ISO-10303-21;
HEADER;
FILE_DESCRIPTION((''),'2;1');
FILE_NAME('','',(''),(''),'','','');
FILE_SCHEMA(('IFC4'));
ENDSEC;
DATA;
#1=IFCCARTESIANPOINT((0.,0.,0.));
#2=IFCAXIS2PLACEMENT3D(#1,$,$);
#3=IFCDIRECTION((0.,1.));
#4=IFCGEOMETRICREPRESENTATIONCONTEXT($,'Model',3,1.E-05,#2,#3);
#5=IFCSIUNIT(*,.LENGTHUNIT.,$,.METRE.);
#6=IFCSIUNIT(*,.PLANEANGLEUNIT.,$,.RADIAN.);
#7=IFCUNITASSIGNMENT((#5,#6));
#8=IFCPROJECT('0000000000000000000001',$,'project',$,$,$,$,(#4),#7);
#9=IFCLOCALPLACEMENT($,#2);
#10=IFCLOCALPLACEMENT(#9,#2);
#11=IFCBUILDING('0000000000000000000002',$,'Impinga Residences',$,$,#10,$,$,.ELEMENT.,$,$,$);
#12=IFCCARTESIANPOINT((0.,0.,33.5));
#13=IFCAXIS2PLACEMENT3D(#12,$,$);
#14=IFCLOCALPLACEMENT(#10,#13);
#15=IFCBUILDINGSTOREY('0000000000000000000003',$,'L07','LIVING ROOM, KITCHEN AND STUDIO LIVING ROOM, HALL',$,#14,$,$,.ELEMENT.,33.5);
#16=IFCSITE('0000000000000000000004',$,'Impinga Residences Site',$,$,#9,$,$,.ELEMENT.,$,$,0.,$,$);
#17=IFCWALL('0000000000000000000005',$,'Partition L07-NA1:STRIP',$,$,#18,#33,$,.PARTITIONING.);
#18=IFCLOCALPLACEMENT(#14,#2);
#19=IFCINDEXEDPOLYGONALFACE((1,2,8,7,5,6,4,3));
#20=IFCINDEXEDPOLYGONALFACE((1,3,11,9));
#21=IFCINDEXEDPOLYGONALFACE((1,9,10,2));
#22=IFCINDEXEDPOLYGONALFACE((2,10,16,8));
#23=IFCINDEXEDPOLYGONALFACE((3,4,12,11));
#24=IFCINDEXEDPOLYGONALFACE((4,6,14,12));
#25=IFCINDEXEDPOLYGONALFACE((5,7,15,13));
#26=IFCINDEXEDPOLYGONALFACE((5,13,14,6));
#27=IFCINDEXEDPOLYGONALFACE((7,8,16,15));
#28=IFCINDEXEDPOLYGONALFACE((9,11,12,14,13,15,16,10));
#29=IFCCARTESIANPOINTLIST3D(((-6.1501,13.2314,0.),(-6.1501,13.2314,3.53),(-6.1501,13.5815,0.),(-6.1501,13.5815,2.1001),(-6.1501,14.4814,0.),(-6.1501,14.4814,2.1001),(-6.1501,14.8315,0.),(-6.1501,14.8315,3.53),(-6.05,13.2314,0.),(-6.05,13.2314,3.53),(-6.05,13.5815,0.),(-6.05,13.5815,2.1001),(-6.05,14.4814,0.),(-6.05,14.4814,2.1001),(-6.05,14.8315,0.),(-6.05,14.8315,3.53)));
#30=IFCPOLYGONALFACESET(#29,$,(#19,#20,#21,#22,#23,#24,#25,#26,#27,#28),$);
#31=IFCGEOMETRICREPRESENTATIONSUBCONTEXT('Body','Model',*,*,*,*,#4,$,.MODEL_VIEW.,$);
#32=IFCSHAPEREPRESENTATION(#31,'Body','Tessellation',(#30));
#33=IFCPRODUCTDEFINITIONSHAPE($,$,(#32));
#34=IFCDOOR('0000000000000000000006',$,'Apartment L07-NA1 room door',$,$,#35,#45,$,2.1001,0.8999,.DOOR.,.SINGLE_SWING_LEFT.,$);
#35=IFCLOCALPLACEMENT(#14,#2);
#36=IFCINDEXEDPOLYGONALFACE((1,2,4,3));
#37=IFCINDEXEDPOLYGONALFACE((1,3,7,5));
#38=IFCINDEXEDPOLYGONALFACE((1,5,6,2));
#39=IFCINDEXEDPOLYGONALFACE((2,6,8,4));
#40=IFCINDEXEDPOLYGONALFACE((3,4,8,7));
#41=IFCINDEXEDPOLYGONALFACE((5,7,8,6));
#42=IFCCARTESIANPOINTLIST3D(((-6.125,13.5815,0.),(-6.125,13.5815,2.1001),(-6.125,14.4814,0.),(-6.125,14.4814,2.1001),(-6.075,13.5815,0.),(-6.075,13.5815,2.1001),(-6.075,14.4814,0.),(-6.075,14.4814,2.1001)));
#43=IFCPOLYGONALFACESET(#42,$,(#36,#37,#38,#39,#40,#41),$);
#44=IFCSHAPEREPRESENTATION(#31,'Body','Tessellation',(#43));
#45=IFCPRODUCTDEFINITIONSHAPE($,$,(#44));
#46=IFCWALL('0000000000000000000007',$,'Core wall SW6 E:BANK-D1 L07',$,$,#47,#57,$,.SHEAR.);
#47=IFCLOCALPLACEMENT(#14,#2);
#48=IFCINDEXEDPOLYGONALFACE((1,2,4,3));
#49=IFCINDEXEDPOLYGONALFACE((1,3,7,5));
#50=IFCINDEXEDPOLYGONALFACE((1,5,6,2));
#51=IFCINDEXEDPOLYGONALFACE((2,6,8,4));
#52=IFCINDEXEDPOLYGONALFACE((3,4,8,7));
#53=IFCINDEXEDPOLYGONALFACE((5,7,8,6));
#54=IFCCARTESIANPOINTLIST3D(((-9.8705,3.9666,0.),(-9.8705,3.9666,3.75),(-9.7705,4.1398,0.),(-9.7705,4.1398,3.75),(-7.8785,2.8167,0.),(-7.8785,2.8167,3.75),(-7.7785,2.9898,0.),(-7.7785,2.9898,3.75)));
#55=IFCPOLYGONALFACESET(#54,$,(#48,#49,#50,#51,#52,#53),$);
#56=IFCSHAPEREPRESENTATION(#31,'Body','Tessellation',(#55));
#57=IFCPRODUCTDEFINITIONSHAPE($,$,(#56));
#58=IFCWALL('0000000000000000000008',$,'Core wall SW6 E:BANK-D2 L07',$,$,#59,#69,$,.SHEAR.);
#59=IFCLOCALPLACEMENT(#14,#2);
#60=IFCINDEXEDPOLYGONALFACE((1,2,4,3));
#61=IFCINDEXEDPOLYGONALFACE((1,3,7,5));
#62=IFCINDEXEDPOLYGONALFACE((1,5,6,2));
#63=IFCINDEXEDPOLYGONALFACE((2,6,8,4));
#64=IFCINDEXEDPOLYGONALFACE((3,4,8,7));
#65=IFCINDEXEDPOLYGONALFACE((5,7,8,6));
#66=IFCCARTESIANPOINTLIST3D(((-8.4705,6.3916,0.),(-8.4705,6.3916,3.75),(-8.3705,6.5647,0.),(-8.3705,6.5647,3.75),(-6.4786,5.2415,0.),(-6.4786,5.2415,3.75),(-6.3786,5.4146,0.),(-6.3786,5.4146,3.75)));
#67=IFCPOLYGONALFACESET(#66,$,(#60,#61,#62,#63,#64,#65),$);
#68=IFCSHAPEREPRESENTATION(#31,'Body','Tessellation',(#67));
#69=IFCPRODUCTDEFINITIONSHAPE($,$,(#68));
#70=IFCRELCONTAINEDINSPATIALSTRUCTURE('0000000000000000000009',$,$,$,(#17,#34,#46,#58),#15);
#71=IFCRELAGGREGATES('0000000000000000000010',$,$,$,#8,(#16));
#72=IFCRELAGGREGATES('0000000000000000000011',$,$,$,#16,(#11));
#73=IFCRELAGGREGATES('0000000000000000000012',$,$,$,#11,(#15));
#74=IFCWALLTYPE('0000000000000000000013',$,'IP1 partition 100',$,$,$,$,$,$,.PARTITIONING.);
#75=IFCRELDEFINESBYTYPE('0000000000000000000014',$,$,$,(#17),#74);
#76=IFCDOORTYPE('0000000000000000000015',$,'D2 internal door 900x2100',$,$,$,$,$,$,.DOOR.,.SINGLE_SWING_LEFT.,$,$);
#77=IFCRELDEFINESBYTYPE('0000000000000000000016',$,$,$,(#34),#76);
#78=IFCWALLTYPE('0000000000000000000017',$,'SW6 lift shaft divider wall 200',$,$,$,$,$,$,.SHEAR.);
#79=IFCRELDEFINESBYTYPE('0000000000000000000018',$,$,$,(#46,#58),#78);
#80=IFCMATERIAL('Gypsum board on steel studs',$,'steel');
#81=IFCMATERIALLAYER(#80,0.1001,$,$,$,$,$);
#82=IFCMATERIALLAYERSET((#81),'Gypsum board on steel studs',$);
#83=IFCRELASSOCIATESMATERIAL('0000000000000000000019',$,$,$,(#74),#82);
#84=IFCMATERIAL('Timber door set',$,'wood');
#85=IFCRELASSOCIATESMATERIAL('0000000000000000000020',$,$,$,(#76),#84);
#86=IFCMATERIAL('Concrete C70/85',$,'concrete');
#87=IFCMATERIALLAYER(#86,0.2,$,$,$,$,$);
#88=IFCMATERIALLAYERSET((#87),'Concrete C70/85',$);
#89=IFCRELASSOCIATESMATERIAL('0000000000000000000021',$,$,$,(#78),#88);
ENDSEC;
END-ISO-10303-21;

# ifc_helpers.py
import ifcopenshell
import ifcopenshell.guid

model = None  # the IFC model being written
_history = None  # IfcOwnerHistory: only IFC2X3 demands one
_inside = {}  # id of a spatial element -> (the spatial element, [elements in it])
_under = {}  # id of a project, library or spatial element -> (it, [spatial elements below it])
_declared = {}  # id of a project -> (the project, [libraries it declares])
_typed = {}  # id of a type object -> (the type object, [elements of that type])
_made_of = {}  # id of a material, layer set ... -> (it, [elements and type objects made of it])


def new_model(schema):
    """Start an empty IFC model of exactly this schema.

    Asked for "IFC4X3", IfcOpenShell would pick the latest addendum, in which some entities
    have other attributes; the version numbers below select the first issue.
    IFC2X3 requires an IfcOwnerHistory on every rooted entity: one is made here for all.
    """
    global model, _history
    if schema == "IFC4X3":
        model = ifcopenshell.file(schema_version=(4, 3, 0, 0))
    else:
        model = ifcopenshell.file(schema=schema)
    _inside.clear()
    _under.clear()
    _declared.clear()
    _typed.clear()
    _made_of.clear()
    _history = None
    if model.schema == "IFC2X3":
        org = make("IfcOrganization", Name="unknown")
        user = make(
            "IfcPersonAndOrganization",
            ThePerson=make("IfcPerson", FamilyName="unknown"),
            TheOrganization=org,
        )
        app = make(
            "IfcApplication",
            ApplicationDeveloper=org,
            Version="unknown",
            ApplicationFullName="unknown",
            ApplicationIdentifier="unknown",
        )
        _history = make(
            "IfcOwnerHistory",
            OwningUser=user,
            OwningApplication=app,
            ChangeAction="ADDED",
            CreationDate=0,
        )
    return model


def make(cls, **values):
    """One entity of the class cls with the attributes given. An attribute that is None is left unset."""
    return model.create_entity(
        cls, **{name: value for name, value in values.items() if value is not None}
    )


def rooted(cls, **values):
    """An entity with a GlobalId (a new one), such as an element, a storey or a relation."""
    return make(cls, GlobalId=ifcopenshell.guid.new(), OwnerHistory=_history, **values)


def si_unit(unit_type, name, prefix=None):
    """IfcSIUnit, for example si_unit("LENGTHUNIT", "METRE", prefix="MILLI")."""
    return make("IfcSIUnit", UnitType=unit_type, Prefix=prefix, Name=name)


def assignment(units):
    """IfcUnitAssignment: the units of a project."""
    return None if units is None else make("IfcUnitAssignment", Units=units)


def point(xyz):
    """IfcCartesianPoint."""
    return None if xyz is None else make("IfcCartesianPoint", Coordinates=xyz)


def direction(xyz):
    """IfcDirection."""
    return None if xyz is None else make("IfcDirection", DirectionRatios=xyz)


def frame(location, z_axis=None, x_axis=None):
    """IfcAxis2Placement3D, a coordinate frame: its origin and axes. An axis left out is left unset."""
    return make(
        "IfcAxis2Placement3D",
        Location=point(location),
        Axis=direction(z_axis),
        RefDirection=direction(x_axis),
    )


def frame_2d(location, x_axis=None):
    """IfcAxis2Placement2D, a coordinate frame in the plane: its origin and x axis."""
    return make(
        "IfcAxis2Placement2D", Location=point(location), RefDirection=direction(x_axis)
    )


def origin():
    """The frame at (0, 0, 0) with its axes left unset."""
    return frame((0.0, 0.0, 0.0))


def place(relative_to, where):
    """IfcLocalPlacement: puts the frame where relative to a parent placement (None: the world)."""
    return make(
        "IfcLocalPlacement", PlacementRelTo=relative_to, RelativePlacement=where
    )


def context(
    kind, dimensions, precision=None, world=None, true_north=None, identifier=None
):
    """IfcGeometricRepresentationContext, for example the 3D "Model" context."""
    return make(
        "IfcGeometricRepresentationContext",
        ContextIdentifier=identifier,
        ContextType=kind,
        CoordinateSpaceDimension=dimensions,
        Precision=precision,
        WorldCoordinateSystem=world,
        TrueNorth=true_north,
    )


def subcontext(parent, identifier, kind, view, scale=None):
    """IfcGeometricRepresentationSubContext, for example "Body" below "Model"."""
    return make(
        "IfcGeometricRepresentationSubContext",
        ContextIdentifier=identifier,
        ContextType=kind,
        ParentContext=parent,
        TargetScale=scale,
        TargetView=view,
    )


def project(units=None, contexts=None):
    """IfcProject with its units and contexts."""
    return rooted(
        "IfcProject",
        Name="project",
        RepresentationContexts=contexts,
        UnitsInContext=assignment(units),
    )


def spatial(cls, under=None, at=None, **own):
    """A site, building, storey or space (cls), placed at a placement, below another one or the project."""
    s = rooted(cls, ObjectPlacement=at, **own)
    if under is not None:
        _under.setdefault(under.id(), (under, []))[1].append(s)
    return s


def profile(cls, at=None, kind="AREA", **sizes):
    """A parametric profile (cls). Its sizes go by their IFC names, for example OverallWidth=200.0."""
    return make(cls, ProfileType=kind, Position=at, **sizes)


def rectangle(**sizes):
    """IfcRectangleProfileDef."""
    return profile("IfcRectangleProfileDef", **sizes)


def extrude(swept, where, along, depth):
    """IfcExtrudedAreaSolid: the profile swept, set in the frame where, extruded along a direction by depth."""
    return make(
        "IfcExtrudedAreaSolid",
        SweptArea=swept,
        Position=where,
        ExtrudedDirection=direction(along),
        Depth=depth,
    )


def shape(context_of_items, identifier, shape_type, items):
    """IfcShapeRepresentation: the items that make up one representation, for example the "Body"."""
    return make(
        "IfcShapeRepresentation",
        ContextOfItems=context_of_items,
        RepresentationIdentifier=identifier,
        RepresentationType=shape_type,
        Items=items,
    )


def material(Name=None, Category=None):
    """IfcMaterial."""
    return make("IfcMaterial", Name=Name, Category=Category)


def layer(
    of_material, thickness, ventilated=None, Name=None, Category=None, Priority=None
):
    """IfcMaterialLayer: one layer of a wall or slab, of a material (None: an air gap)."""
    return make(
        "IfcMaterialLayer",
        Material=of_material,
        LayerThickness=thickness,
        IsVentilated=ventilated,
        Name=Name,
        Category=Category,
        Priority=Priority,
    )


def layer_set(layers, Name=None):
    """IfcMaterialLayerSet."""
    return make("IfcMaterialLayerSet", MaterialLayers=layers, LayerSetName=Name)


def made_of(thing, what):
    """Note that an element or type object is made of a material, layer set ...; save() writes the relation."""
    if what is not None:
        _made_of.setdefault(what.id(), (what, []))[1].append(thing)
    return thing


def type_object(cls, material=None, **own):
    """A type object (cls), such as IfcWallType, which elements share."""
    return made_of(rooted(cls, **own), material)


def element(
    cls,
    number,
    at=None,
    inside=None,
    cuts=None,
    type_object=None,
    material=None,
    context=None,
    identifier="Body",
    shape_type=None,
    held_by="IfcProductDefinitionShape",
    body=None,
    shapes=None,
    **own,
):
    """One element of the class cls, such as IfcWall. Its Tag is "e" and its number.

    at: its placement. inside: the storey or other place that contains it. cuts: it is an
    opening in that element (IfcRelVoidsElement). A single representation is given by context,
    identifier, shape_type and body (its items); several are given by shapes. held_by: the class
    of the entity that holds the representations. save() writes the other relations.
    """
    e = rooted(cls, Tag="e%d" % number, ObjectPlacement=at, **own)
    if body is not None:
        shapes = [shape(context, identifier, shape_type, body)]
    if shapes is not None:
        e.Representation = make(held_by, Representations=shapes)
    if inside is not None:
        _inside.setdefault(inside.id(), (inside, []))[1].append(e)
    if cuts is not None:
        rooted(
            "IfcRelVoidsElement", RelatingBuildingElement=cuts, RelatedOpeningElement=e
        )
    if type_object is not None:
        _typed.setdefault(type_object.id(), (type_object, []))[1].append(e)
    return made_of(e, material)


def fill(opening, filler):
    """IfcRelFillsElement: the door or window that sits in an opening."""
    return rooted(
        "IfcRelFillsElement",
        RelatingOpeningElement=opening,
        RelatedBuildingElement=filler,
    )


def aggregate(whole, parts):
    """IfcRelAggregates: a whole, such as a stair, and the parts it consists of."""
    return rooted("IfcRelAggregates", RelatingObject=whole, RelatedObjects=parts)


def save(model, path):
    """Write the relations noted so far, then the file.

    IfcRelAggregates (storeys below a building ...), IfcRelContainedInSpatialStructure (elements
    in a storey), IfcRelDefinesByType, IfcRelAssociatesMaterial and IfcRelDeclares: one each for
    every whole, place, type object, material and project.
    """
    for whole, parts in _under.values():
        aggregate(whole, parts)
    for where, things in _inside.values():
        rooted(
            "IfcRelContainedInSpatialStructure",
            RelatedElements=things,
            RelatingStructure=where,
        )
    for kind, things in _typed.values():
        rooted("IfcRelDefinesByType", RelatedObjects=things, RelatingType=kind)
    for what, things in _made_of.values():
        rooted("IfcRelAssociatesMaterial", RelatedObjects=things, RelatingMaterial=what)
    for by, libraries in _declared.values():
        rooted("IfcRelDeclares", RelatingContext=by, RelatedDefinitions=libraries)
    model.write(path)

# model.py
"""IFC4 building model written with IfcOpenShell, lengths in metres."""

from ifc_helpers import new_model, si_unit, direction, frame, frame_2d, origin, place, context, subcontext, project, spatial, rectangle, extrude, material, layer, layer_set, type_object, element, fill, save


model = new_model("IFC4")

# Units and contexts
model_context = context("Model", 3, precision=1e-05, world=origin(), true_north=direction((0.0, 1.0)))
body_context = subcontext(model_context, "Body", "Model", "MODEL_VIEW")
ifc_project = project(units=[si_unit("LENGTHUNIT", "METRE"), si_unit("PLANEANGLEUNIT", "RADIAN")], contexts=[model_context])

# Site, building, storey
site_placement = place(None, origin())
site = spatial("IfcSite", under=ifc_project, at=site_placement, Name="Impinga Residences Site", CompositionType="ELEMENT", RefElevation=0.0)
building_placement = place(site_placement, origin())
building = spatial("IfcBuilding", under=site, at=building_placement, Name="Impinga Residences", CompositionType="ELEMENT")
storey_placement = place(building_placement, frame((0.0, 0.0, 33.5)))
storey = spatial("IfcBuildingStorey", under=building, at=storey_placement, Name="L07", Description="LIVING ROOM, KITCHEN AND STUDIO LIVING ROOM, HALL", CompositionType="ELEMENT", Elevation=33.5)

# Shared definitions
ifc_material_1 = material(Name="Concrete C70/85", Category="concrete")

# Wall, opening, door
ifc_material_2 = material(Name="Gypsum board on steel studs", Category="steel")
ifc_layer_1 = layer(ifc_material_2, 0.1001)
ifc_layer_set_1 = layer_set([ifc_layer_1], Name="Gypsum board on steel studs")
wall_type_1 = type_object("IfcWallType", Name="IP1 partition 100", PredefinedType="PARTITIONING", material=ifc_layer_set_1)
wall_1_placement = place(storey_placement, frame((-6.1001, 13.2314, 0.0), z_axis=(0.0, 0.0, 1.0), x_axis=(0.0, 1.0, 0.0)))
wall_1 = element("IfcWall", 1, at=wall_1_placement, inside=storey, type_object=wall_type_1, Name="Partition L07-NA1:STRIP", PredefinedType="PARTITIONING", context=body_context, shape_type="SweptSolid", body=[
    extrude(rectangle(XDim=1.6001, YDim=0.1001, at=frame_2d((0.8, 0.0))), origin(), (0.0, 0.0, 1.0), 3.53),
])
opening_1_placement = place(wall_1_placement, frame((0.3501, 0.0, 0.0)))
opening_1 = element("IfcOpeningElement", 2, at=opening_1_placement, cuts=wall_1, PredefinedType="OPENING", context=body_context, shape_type="SweptSolid", body=[
    extrude(rectangle(XDim=0.8999, YDim=2.1001, at=frame_2d((0.45, 1.05))), frame((0.0, 0.0601, 0.0), z_axis=(0.0, -1.0, 0.0), x_axis=(1.0, 0.0, 0.0)), (0.0, 0.0, 1.0), 0.1201),
])
ifc_material_3 = material(Name="Timber door set", Category="wood")
door_type = type_object("IfcDoorType", Name="D2 internal door 900x2100", OperationType="SINGLE_SWING_LEFT", PredefinedType="DOOR", material=ifc_material_3)
door_placement = place(opening_1_placement, origin())
door = element("IfcDoor", 3, at=door_placement, inside=storey, type_object=door_type, Name="Apartment L07-NA1 room door", OperationType="SINGLE_SWING_LEFT", OverallHeight=2.1001, OverallWidth=0.8999, PredefinedType="DOOR", context=body_context, shape_type="SweptSolid", body=[
    extrude(rectangle(XDim=0.8999, YDim=2.1001, at=frame_2d((0.45, 1.05))), frame((0.0, 0.0249, 0.0), z_axis=(0.0, -1.0, 0.0), x_axis=(1.0, 0.0, 0.0)), (0.0, 0.0, 1.0), 0.05),
])
fill(opening_1, door)

# Walls
ifc_layer_2 = layer(ifc_material_1, 0.2)
ifc_layer_set_2 = layer_set([ifc_layer_2], Name="Concrete C70/85")
wall_type_2 = type_object("IfcWallType", Name="SW6 lift shaft divider wall 200", PredefinedType="SHEAR", material=ifc_layer_set_2)
for number, where, z_axis, x_axis, name in (
    (4, (-7.8286, 2.9033, 0.0), (0.0, 0.0, 1.0), (-0.866053, 0.499952, 0.0), "Core wall SW6 E:BANK-D1 L07"),
    (5, (-6.4287, 5.3281, 0.0), (0.0, 0.0, 1.0), (-0.866007, 0.500032, 0.0), "Core wall SW6 E:BANK-D2 L07"),
):
    element("IfcWall", number, at=place(storey_placement, frame(where, z_axis=z_axis, x_axis=x_axis)), inside=storey, type_object=wall_type_2, Name=name, PredefinedType="SHEAR", context=body_context, shape_type="SweptSolid", body=[
        extrude(rectangle(XDim=2.3, YDim=0.2, at=frame_2d((1.1499, 0.0))), origin(), (0.0, 0.0, 1.0), 3.75),
    ])

save(model, "model.ifc")
